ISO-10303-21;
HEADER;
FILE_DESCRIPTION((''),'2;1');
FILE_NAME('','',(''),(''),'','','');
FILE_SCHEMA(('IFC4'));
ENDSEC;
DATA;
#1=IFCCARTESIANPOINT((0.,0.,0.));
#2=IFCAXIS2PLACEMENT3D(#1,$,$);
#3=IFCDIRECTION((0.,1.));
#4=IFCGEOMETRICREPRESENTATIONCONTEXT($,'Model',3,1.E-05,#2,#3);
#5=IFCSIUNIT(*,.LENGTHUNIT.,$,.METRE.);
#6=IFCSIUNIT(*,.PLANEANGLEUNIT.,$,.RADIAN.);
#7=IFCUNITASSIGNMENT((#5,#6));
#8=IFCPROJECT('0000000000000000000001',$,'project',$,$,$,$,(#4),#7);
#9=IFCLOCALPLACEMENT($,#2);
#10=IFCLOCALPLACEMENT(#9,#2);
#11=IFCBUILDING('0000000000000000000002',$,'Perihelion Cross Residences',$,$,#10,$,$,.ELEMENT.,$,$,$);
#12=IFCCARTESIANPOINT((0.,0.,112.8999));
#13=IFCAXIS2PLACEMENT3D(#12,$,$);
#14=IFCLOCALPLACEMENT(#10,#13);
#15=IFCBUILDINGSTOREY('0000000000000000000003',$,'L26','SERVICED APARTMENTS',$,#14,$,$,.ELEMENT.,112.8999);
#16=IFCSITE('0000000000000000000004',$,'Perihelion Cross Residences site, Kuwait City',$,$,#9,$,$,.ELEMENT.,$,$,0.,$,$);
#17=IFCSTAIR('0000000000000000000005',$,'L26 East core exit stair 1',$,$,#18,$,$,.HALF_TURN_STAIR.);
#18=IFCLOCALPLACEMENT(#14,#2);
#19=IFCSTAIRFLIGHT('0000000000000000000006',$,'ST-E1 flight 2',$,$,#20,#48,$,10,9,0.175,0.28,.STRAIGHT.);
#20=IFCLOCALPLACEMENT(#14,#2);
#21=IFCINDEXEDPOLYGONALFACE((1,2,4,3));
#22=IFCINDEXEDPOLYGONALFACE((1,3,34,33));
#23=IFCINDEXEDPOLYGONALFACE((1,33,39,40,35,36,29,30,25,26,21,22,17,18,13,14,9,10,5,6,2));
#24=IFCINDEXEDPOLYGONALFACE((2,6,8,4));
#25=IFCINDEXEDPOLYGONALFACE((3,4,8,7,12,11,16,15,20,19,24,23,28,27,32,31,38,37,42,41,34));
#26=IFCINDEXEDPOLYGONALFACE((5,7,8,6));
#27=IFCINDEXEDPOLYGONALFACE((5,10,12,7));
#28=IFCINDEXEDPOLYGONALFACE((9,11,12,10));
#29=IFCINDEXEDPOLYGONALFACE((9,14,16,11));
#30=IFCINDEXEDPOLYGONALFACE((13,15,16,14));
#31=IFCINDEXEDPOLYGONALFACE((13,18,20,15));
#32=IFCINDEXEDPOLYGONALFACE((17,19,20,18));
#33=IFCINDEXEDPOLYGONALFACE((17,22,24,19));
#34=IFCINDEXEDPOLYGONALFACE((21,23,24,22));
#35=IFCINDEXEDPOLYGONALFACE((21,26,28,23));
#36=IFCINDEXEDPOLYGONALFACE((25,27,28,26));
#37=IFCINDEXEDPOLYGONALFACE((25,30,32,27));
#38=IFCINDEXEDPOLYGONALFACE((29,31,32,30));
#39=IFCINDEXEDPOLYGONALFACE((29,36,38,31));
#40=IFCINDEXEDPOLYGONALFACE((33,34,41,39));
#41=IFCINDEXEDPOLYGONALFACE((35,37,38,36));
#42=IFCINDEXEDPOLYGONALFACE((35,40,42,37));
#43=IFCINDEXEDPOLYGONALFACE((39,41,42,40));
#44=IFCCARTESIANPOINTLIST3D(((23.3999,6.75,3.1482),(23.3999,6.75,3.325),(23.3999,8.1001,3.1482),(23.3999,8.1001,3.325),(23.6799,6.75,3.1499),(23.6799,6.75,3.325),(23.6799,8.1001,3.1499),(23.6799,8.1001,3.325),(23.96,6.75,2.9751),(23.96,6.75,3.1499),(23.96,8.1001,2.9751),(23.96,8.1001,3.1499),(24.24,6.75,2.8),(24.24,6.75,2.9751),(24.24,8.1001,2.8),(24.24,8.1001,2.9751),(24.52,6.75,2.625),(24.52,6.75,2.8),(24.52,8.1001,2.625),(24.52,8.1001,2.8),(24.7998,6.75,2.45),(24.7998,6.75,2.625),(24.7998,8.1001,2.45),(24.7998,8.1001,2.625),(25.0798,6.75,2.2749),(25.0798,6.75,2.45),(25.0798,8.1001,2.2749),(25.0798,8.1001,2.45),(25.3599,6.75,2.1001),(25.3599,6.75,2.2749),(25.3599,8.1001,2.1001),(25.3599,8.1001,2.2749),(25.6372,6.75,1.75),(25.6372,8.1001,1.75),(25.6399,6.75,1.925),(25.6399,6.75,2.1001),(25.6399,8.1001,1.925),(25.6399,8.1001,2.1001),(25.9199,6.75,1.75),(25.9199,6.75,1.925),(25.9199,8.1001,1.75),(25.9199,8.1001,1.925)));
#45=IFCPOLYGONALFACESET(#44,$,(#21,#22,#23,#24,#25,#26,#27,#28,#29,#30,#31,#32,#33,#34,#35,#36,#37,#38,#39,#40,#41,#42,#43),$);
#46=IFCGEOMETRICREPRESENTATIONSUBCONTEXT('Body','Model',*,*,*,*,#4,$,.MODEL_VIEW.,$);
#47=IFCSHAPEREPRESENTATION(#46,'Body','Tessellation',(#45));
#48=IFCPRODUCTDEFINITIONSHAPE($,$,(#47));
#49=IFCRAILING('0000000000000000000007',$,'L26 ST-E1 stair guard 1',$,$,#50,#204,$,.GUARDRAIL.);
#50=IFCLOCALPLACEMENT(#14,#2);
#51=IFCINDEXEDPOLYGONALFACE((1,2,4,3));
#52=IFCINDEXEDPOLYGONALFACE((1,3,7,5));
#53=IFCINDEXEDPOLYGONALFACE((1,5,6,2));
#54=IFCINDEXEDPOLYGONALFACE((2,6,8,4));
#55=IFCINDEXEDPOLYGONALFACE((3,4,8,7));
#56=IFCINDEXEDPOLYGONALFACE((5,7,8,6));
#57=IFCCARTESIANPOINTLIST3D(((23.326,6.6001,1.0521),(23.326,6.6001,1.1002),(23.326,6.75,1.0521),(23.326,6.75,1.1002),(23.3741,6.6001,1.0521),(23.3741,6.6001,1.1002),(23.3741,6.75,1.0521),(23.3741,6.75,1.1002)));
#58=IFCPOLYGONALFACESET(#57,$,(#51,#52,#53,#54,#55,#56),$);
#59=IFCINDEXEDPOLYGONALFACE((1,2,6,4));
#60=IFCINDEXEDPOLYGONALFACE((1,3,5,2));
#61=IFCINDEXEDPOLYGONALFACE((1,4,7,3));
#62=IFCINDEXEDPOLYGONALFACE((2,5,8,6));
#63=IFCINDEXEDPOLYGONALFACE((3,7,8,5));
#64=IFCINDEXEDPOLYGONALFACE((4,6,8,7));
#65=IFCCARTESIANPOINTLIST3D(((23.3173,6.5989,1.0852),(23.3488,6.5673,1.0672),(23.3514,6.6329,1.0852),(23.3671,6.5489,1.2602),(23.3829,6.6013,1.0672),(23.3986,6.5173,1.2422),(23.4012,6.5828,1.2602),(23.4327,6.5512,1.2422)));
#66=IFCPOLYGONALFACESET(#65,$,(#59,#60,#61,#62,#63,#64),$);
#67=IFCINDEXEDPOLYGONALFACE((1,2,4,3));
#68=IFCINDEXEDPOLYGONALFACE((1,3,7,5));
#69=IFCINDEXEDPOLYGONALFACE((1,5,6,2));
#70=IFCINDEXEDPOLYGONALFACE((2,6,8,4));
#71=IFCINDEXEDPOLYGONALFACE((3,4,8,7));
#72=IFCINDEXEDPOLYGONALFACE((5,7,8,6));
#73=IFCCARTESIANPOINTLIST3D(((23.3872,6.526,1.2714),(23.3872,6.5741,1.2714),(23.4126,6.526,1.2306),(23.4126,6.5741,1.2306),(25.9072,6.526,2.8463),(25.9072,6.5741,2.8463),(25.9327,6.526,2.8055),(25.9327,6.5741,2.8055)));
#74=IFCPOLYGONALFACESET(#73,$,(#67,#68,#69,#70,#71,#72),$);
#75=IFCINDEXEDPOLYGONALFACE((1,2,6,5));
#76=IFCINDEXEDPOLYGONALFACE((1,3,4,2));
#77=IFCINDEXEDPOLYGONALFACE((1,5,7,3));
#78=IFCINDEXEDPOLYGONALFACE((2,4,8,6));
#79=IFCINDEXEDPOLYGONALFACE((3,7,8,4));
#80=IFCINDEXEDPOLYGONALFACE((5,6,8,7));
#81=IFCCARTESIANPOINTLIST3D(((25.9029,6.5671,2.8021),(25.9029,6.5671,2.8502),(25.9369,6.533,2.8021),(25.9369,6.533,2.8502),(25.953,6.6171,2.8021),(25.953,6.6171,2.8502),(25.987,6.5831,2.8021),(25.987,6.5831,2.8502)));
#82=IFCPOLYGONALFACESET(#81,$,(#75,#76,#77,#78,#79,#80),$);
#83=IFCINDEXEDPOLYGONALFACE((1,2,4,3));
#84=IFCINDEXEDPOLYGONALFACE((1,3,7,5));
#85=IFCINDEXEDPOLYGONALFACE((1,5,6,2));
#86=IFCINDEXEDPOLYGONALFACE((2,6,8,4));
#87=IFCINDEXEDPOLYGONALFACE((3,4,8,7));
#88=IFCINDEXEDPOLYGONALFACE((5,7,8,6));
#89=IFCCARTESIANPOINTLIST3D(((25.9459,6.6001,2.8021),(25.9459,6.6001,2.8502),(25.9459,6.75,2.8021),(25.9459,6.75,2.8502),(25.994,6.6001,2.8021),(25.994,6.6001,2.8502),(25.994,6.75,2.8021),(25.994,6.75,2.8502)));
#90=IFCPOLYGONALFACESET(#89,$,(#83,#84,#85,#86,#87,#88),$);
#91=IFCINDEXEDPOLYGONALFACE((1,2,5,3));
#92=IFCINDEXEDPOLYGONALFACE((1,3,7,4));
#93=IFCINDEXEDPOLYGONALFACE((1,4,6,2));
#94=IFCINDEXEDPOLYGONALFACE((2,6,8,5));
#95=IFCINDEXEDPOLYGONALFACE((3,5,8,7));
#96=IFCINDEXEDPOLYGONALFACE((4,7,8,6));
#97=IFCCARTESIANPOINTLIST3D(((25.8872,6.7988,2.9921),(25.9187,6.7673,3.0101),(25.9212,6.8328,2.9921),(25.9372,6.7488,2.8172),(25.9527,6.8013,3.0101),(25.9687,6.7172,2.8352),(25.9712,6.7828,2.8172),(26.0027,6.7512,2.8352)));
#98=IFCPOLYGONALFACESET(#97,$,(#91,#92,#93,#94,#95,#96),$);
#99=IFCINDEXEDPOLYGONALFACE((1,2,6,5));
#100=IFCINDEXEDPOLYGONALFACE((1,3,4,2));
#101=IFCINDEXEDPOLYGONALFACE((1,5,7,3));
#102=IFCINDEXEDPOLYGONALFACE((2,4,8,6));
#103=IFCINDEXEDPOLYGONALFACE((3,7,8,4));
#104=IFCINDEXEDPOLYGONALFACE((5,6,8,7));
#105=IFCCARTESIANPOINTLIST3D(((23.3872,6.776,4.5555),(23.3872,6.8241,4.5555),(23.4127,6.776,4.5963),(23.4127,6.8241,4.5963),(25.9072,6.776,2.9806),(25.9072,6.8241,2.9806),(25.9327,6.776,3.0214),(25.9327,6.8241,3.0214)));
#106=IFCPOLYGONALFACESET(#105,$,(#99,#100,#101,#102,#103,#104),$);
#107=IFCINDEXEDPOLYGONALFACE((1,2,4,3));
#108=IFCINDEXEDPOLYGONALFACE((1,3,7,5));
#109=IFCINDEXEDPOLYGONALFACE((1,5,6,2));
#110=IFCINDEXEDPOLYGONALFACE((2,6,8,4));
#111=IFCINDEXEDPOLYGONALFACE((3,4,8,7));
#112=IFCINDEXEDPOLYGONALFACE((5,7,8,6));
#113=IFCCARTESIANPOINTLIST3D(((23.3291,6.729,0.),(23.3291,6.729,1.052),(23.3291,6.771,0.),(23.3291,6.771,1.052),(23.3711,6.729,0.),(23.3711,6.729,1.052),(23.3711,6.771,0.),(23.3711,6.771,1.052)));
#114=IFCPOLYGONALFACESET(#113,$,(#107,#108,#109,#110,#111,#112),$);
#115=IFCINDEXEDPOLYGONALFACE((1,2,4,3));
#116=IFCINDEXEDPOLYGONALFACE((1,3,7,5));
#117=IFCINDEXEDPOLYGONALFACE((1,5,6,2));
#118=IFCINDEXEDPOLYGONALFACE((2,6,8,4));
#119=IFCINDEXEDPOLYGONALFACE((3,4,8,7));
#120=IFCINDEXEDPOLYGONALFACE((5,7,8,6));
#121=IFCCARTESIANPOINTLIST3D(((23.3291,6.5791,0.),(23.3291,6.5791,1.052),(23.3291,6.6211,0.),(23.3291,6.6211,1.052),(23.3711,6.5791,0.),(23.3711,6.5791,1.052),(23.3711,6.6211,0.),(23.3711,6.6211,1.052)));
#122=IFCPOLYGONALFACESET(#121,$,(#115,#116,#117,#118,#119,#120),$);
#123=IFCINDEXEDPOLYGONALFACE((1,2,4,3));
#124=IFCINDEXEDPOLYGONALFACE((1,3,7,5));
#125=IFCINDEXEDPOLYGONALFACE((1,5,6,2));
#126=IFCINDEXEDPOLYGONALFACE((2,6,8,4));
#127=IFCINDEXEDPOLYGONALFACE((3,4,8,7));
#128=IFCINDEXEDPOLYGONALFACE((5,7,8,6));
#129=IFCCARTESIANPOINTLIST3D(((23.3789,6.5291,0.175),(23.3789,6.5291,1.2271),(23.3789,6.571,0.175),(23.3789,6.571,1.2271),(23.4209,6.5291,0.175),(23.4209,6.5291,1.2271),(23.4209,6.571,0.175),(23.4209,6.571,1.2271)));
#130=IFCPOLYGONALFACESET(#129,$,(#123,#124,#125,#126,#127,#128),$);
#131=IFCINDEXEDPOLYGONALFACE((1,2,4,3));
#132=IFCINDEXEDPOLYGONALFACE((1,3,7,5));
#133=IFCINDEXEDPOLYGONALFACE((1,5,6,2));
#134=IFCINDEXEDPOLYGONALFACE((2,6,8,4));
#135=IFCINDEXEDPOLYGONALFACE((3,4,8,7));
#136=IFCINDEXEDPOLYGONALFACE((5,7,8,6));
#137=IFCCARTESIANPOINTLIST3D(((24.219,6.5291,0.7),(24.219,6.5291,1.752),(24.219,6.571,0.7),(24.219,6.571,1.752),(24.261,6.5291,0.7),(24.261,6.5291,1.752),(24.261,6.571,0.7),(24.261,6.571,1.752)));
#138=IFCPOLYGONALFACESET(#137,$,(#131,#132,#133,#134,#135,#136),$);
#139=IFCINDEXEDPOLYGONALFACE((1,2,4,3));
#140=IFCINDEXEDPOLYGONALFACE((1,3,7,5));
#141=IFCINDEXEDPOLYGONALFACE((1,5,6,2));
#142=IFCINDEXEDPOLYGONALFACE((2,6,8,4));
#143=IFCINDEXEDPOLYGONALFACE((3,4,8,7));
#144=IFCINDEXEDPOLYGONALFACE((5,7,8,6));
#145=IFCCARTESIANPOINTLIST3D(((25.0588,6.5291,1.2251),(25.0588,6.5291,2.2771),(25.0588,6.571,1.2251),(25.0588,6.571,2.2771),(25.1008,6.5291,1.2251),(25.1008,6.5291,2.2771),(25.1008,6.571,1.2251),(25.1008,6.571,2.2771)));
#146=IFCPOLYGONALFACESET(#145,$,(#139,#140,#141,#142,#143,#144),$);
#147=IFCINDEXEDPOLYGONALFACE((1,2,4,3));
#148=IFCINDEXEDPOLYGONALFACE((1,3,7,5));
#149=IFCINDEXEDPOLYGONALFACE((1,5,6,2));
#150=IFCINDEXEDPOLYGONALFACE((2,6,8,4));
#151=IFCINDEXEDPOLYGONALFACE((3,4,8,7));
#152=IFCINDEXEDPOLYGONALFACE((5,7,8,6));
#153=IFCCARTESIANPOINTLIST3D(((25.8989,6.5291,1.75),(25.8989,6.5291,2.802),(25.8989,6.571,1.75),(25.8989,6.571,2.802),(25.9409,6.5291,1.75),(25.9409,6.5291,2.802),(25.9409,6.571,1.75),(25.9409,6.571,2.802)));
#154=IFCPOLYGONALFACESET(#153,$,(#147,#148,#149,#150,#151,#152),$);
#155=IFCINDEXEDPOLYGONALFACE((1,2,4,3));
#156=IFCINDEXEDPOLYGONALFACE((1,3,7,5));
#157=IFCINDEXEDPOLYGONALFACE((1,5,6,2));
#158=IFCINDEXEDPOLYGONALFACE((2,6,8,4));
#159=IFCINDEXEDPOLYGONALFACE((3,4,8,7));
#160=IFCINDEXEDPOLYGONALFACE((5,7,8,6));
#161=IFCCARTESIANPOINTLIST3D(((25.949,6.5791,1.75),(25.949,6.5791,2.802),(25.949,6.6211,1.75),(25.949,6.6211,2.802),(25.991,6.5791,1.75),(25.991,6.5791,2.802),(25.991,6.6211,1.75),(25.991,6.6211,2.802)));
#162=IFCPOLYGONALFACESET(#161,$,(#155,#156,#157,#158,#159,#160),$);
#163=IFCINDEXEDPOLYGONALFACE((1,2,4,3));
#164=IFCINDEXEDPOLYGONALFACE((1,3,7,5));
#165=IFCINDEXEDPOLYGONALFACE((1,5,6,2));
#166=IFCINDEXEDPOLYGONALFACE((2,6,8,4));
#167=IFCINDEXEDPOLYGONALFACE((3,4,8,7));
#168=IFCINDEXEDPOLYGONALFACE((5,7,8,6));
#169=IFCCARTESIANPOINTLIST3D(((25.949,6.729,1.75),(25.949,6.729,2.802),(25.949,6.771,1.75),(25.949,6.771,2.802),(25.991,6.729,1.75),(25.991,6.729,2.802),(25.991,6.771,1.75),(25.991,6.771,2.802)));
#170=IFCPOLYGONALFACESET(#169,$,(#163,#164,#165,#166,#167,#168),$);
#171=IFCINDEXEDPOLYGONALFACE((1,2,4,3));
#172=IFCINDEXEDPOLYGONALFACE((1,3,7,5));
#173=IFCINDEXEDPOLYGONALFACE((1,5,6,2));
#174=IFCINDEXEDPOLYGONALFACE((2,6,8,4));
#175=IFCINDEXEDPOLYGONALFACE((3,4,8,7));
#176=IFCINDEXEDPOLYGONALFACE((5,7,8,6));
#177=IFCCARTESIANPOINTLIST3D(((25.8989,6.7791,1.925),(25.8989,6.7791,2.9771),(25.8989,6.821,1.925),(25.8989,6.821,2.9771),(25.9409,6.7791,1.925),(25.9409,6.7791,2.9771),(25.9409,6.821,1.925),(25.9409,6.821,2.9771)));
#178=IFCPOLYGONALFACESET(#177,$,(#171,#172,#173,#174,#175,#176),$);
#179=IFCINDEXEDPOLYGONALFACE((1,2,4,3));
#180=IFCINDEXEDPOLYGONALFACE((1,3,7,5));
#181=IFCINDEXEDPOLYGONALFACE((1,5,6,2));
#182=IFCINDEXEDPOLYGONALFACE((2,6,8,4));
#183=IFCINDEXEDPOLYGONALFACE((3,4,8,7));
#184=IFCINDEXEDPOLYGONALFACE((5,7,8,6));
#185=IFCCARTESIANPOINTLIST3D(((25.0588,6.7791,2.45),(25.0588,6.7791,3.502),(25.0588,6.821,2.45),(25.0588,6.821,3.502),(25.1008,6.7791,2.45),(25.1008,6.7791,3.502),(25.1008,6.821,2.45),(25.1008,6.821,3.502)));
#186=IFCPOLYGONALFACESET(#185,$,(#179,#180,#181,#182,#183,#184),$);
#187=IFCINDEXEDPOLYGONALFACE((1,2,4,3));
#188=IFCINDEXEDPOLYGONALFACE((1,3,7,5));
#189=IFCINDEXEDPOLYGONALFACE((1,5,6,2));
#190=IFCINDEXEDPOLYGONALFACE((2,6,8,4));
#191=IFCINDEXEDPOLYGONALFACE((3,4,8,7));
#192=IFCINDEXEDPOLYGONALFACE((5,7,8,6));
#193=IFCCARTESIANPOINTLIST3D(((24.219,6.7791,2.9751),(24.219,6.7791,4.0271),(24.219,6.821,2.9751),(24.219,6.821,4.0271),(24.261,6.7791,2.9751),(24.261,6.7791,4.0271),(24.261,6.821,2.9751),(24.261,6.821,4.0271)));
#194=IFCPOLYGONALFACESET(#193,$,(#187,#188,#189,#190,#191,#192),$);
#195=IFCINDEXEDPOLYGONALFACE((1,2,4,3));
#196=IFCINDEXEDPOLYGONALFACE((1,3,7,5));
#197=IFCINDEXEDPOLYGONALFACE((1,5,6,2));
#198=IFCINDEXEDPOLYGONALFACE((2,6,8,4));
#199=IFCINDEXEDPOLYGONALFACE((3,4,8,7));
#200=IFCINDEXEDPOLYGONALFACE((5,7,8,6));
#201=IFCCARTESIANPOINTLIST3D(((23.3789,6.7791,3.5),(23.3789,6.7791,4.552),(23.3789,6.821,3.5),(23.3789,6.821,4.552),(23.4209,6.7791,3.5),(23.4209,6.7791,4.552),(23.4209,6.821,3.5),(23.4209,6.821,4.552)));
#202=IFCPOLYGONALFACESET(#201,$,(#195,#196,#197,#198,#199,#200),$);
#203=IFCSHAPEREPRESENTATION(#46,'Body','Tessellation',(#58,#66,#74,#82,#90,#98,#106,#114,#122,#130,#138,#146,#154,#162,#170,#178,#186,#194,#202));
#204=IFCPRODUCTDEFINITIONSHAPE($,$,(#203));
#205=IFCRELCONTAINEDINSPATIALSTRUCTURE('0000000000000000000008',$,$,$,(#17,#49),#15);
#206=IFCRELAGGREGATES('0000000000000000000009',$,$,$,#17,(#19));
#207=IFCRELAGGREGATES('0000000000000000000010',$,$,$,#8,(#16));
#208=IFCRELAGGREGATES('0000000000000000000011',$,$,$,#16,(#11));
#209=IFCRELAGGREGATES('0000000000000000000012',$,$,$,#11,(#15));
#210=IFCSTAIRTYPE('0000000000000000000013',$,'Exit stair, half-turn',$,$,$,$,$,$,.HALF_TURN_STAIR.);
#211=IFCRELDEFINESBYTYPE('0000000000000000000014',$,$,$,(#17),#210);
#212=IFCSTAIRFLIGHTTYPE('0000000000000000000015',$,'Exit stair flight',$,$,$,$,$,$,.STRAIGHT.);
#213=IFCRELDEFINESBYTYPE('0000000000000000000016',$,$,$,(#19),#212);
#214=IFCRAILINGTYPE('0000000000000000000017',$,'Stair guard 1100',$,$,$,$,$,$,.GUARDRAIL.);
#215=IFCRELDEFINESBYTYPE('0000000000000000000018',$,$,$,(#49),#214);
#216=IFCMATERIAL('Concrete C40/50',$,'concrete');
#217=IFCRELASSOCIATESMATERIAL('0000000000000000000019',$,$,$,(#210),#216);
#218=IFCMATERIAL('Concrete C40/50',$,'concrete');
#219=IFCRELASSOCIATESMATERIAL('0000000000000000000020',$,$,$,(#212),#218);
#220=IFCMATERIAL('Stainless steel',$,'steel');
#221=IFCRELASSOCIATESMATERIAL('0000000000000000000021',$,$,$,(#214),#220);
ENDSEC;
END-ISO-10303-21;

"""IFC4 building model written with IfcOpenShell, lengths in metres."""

from ifc_helpers import new_model, si_unit, direction, frame, origin, origin_2d, place, context, subcontext, project, spatial, polyline, rectangle, outline, extrude, material, type_object, element, aggregate, save


model = new_model("IFC4")

# Units and contexts
model_context = context("Model", 3, precision=1e-05, world=origin(), true_north=direction((0.0, 1.0)))
body_context = subcontext(model_context, "Body", "Model", "MODEL_VIEW")
ifc_project = project(units=[si_unit("LENGTHUNIT", "METRE"), si_unit("PLANEANGLEUNIT", "RADIAN")], contexts=[model_context])

# Site, building, storey
site_placement = place(None, origin())
site = spatial("IfcSite", under=ifc_project, at=site_placement, Name="Perihelion Cross Residences site, Kuwait City", CompositionType="ELEMENT", RefElevation=0.0)
building_placement = place(site_placement, origin())
building = spatial("IfcBuilding", under=site, at=building_placement, Name="Perihelion Cross Residences", CompositionType="ELEMENT")
storey_placement = place(building_placement, frame((0.0, 0.0, 112.8999)))
storey = spatial("IfcBuildingStorey", under=building, at=storey_placement, Name="L26", Description="SERVICED APARTMENTS", CompositionType="ELEMENT", Elevation=112.8999)

# Stair, stair flight
ifc_material_1 = material(Name="Concrete C40/50", Category="concrete")
stair_type = type_object("IfcStairType", Name="Exit stair, half-turn", PredefinedType="HALF_TURN_STAIR", material=ifc_material_1)
stair_placement = place(storey_placement, origin())
stair = element("IfcStair", 1, at=stair_placement, inside=storey, type_object=stair_type, Name="L26 East core exit stair 1", PredefinedType="HALF_TURN_STAIR")
ifc_material_2 = material(Name="Concrete C40/50", Category="concrete")
stair_flight_type = type_object("IfcStairFlightType", Name="Exit stair flight", PredefinedType="STRAIGHT", material=ifc_material_2)
stair_flight_placement = place(storey_placement, frame((25.9199, 7.425, 1.75), z_axis=(0.0, 0.0, 1.0), x_axis=(-1.0, 0.0, 0.0)))
stair_flight = element("IfcStairFlight", 2, at=stair_flight_placement, type_object=stair_flight_type, Name="ST-E1 flight 2", NumberOfRisers=10, NumberOfTreads=9, PredefinedType="STRAIGHT", RiserHeight=0.175, TreadLength=0.28, context=body_context, shape_type="SweptSolid", body=[
    extrude(outline(polyline([(0.0, 0.0), (0.0, 0.175), (0.28, 0.175), (0.28, 0.3501), (0.5601, 0.3501), (0.5601, 0.5249), (0.8401, 0.5249), (0.8401, 0.7), (1.1201, 0.7), (1.1201, 0.875), (1.3999, 0.875), (1.3999, 1.05), (1.6799, 1.05), (1.6799, 1.2251), (1.96, 1.2251), (1.96, 1.3999), (2.24, 1.3999), (2.24, 1.575), (2.52, 1.575), (2.52, 1.75), (2.52, 1.3982), (0.2827, 0.0), (0.0, 0.0)])), frame((0.0, 0.675, 0.0), z_axis=(0.0, -1.0, 0.0), x_axis=(1.0, 0.0, 0.0)), (0.0, 0.0, 1.0), 1.3501),
])
aggregate(stair, [stair_flight])

# Railing
ifc_material_3 = material(Name="Stainless steel", Category="steel")
railing_type = type_object("IfcRailingType", Name="Stair guard 1100", PredefinedType="GUARDRAIL", material=ifc_material_3)
railing_placement = place(storey_placement, frame((23.3501, 6.75, 0.0)))
element("IfcRailing", 3, at=railing_placement, inside=storey, type_object=railing_type, Name="L26 ST-E1 stair guard 1", PredefinedType="GUARDRAIL", context=body_context, shape_type="SweptSolid", body=[
    extrude(rectangle(XDim=0.0481, YDim=0.0481, at=origin_2d()), frame((0.0, 0.0, 1.0762), z_axis=(0.0, -1.0, 0.0), x_axis=(1.0, 0.0, 0.0)), (0.0, 0.0, 1.0), 0.1499),
    extrude(rectangle(XDim=0.0481, YDim=0.0481, at=origin_2d()), frame((0.0, -0.1499, 1.0762), z_axis=(0.263862, -0.265156, 0.927399), x_axis=(0.708834, 0.705376, 0.0)), (0.0, 0.0, 1.0), 0.1887),
    extrude(rectangle(XDim=0.0481, YDim=0.0481, at=origin_2d()), frame((0.0498, -0.2, 1.251), z_axis=(0.848008, 0.0, 0.529984), x_axis=(0.0, 1.0, 0.0)), (0.0, 0.0, 1.0), 2.9717),
    extrude(rectangle(XDim=0.0481, YDim=0.0481, at=origin_2d()), frame((2.5698, -0.2, 2.8262), z_axis=(0.707107, 0.707107, 0.0), x_axis=(-0.707107, 0.707107, 0.0)), (0.0, 0.0, 1.0), 0.0708),
    extrude(rectangle(XDim=0.0481, YDim=0.0481, at=origin_2d()), frame((2.6199, -0.1499, 2.8262), z_axis=(0.0, 1.0, 0.0), x_axis=(-1.0, 0.0, 0.0)), (0.0, 0.0, 1.0), 0.1499),
    extrude(rectangle(XDim=0.0481, YDim=0.0481, at=origin_2d()), frame((2.6199, 0.0, 2.8262), z_axis=(-0.265065, 0.265065, 0.927082), x_axis=(-0.707107, -0.707107, 0.0)), (0.0, 0.0, 1.0), 0.1887),
    extrude(rectangle(XDim=0.0481, YDim=0.0481, at=origin_2d()), frame((2.5698, 0.05, 3.001), z_axis=(-0.848008, 0.0, 0.529984), x_axis=(0.0, -1.0, 0.0)), (0.0, 0.0, 1.0), 2.9717),
    extrude(rectangle(XDim=0.042, YDim=0.042, at=origin_2d()), origin(), (0.0, 0.0, 1.0), 1.052),
    extrude(rectangle(XDim=0.042, YDim=0.042, at=origin_2d()), frame((0.0, -0.1499, 0.0)), (0.0, 0.0, 1.0), 1.052),
    extrude(rectangle(XDim=0.042, YDim=0.042, at=origin_2d()), frame((0.0498, -0.2, 0.175)), (0.0, 0.0, 1.0), 1.052),
    extrude(rectangle(XDim=0.042, YDim=0.042, at=origin_2d()), frame((0.8899, -0.2, 0.7)), (0.0, 0.0, 1.0), 1.052),
    extrude(rectangle(XDim=0.042, YDim=0.042, at=origin_2d()), frame((1.7297, -0.2, 1.2251)), (0.0, 0.0, 1.0), 1.052),
    extrude(rectangle(XDim=0.042, YDim=0.042, at=origin_2d()), frame((2.5698, -0.2, 1.75)), (0.0, 0.0, 1.0), 1.052),
    extrude(rectangle(XDim=0.042, YDim=0.042, at=origin_2d()), frame((2.6199, -0.1499, 1.75)), (0.0, 0.0, 1.0), 1.052),
    extrude(rectangle(XDim=0.042, YDim=0.042, at=origin_2d()), frame((2.6199, 0.0, 1.75)), (0.0, 0.0, 1.0), 1.052),
    extrude(rectangle(XDim=0.042, YDim=0.042, at=origin_2d()), frame((2.5698, 0.05, 1.925)), (0.0, 0.0, 1.0), 1.052),
    extrude(rectangle(XDim=0.042, YDim=0.042, at=origin_2d()), frame((1.7297, 0.05, 2.45)), (0.0, 0.0, 1.0), 1.052),
    extrude(rectangle(XDim=0.042, YDim=0.042, at=origin_2d()), frame((0.8899, 0.05, 2.9751)), (0.0, 0.0, 1.0), 1.052),
    extrude(rectangle(XDim=0.042, YDim=0.042, at=origin_2d()), frame((0.0498, 0.05, 3.5)), (0.0, 0.0, 1.0), 1.052),
])

save(model, "model.ifc")
